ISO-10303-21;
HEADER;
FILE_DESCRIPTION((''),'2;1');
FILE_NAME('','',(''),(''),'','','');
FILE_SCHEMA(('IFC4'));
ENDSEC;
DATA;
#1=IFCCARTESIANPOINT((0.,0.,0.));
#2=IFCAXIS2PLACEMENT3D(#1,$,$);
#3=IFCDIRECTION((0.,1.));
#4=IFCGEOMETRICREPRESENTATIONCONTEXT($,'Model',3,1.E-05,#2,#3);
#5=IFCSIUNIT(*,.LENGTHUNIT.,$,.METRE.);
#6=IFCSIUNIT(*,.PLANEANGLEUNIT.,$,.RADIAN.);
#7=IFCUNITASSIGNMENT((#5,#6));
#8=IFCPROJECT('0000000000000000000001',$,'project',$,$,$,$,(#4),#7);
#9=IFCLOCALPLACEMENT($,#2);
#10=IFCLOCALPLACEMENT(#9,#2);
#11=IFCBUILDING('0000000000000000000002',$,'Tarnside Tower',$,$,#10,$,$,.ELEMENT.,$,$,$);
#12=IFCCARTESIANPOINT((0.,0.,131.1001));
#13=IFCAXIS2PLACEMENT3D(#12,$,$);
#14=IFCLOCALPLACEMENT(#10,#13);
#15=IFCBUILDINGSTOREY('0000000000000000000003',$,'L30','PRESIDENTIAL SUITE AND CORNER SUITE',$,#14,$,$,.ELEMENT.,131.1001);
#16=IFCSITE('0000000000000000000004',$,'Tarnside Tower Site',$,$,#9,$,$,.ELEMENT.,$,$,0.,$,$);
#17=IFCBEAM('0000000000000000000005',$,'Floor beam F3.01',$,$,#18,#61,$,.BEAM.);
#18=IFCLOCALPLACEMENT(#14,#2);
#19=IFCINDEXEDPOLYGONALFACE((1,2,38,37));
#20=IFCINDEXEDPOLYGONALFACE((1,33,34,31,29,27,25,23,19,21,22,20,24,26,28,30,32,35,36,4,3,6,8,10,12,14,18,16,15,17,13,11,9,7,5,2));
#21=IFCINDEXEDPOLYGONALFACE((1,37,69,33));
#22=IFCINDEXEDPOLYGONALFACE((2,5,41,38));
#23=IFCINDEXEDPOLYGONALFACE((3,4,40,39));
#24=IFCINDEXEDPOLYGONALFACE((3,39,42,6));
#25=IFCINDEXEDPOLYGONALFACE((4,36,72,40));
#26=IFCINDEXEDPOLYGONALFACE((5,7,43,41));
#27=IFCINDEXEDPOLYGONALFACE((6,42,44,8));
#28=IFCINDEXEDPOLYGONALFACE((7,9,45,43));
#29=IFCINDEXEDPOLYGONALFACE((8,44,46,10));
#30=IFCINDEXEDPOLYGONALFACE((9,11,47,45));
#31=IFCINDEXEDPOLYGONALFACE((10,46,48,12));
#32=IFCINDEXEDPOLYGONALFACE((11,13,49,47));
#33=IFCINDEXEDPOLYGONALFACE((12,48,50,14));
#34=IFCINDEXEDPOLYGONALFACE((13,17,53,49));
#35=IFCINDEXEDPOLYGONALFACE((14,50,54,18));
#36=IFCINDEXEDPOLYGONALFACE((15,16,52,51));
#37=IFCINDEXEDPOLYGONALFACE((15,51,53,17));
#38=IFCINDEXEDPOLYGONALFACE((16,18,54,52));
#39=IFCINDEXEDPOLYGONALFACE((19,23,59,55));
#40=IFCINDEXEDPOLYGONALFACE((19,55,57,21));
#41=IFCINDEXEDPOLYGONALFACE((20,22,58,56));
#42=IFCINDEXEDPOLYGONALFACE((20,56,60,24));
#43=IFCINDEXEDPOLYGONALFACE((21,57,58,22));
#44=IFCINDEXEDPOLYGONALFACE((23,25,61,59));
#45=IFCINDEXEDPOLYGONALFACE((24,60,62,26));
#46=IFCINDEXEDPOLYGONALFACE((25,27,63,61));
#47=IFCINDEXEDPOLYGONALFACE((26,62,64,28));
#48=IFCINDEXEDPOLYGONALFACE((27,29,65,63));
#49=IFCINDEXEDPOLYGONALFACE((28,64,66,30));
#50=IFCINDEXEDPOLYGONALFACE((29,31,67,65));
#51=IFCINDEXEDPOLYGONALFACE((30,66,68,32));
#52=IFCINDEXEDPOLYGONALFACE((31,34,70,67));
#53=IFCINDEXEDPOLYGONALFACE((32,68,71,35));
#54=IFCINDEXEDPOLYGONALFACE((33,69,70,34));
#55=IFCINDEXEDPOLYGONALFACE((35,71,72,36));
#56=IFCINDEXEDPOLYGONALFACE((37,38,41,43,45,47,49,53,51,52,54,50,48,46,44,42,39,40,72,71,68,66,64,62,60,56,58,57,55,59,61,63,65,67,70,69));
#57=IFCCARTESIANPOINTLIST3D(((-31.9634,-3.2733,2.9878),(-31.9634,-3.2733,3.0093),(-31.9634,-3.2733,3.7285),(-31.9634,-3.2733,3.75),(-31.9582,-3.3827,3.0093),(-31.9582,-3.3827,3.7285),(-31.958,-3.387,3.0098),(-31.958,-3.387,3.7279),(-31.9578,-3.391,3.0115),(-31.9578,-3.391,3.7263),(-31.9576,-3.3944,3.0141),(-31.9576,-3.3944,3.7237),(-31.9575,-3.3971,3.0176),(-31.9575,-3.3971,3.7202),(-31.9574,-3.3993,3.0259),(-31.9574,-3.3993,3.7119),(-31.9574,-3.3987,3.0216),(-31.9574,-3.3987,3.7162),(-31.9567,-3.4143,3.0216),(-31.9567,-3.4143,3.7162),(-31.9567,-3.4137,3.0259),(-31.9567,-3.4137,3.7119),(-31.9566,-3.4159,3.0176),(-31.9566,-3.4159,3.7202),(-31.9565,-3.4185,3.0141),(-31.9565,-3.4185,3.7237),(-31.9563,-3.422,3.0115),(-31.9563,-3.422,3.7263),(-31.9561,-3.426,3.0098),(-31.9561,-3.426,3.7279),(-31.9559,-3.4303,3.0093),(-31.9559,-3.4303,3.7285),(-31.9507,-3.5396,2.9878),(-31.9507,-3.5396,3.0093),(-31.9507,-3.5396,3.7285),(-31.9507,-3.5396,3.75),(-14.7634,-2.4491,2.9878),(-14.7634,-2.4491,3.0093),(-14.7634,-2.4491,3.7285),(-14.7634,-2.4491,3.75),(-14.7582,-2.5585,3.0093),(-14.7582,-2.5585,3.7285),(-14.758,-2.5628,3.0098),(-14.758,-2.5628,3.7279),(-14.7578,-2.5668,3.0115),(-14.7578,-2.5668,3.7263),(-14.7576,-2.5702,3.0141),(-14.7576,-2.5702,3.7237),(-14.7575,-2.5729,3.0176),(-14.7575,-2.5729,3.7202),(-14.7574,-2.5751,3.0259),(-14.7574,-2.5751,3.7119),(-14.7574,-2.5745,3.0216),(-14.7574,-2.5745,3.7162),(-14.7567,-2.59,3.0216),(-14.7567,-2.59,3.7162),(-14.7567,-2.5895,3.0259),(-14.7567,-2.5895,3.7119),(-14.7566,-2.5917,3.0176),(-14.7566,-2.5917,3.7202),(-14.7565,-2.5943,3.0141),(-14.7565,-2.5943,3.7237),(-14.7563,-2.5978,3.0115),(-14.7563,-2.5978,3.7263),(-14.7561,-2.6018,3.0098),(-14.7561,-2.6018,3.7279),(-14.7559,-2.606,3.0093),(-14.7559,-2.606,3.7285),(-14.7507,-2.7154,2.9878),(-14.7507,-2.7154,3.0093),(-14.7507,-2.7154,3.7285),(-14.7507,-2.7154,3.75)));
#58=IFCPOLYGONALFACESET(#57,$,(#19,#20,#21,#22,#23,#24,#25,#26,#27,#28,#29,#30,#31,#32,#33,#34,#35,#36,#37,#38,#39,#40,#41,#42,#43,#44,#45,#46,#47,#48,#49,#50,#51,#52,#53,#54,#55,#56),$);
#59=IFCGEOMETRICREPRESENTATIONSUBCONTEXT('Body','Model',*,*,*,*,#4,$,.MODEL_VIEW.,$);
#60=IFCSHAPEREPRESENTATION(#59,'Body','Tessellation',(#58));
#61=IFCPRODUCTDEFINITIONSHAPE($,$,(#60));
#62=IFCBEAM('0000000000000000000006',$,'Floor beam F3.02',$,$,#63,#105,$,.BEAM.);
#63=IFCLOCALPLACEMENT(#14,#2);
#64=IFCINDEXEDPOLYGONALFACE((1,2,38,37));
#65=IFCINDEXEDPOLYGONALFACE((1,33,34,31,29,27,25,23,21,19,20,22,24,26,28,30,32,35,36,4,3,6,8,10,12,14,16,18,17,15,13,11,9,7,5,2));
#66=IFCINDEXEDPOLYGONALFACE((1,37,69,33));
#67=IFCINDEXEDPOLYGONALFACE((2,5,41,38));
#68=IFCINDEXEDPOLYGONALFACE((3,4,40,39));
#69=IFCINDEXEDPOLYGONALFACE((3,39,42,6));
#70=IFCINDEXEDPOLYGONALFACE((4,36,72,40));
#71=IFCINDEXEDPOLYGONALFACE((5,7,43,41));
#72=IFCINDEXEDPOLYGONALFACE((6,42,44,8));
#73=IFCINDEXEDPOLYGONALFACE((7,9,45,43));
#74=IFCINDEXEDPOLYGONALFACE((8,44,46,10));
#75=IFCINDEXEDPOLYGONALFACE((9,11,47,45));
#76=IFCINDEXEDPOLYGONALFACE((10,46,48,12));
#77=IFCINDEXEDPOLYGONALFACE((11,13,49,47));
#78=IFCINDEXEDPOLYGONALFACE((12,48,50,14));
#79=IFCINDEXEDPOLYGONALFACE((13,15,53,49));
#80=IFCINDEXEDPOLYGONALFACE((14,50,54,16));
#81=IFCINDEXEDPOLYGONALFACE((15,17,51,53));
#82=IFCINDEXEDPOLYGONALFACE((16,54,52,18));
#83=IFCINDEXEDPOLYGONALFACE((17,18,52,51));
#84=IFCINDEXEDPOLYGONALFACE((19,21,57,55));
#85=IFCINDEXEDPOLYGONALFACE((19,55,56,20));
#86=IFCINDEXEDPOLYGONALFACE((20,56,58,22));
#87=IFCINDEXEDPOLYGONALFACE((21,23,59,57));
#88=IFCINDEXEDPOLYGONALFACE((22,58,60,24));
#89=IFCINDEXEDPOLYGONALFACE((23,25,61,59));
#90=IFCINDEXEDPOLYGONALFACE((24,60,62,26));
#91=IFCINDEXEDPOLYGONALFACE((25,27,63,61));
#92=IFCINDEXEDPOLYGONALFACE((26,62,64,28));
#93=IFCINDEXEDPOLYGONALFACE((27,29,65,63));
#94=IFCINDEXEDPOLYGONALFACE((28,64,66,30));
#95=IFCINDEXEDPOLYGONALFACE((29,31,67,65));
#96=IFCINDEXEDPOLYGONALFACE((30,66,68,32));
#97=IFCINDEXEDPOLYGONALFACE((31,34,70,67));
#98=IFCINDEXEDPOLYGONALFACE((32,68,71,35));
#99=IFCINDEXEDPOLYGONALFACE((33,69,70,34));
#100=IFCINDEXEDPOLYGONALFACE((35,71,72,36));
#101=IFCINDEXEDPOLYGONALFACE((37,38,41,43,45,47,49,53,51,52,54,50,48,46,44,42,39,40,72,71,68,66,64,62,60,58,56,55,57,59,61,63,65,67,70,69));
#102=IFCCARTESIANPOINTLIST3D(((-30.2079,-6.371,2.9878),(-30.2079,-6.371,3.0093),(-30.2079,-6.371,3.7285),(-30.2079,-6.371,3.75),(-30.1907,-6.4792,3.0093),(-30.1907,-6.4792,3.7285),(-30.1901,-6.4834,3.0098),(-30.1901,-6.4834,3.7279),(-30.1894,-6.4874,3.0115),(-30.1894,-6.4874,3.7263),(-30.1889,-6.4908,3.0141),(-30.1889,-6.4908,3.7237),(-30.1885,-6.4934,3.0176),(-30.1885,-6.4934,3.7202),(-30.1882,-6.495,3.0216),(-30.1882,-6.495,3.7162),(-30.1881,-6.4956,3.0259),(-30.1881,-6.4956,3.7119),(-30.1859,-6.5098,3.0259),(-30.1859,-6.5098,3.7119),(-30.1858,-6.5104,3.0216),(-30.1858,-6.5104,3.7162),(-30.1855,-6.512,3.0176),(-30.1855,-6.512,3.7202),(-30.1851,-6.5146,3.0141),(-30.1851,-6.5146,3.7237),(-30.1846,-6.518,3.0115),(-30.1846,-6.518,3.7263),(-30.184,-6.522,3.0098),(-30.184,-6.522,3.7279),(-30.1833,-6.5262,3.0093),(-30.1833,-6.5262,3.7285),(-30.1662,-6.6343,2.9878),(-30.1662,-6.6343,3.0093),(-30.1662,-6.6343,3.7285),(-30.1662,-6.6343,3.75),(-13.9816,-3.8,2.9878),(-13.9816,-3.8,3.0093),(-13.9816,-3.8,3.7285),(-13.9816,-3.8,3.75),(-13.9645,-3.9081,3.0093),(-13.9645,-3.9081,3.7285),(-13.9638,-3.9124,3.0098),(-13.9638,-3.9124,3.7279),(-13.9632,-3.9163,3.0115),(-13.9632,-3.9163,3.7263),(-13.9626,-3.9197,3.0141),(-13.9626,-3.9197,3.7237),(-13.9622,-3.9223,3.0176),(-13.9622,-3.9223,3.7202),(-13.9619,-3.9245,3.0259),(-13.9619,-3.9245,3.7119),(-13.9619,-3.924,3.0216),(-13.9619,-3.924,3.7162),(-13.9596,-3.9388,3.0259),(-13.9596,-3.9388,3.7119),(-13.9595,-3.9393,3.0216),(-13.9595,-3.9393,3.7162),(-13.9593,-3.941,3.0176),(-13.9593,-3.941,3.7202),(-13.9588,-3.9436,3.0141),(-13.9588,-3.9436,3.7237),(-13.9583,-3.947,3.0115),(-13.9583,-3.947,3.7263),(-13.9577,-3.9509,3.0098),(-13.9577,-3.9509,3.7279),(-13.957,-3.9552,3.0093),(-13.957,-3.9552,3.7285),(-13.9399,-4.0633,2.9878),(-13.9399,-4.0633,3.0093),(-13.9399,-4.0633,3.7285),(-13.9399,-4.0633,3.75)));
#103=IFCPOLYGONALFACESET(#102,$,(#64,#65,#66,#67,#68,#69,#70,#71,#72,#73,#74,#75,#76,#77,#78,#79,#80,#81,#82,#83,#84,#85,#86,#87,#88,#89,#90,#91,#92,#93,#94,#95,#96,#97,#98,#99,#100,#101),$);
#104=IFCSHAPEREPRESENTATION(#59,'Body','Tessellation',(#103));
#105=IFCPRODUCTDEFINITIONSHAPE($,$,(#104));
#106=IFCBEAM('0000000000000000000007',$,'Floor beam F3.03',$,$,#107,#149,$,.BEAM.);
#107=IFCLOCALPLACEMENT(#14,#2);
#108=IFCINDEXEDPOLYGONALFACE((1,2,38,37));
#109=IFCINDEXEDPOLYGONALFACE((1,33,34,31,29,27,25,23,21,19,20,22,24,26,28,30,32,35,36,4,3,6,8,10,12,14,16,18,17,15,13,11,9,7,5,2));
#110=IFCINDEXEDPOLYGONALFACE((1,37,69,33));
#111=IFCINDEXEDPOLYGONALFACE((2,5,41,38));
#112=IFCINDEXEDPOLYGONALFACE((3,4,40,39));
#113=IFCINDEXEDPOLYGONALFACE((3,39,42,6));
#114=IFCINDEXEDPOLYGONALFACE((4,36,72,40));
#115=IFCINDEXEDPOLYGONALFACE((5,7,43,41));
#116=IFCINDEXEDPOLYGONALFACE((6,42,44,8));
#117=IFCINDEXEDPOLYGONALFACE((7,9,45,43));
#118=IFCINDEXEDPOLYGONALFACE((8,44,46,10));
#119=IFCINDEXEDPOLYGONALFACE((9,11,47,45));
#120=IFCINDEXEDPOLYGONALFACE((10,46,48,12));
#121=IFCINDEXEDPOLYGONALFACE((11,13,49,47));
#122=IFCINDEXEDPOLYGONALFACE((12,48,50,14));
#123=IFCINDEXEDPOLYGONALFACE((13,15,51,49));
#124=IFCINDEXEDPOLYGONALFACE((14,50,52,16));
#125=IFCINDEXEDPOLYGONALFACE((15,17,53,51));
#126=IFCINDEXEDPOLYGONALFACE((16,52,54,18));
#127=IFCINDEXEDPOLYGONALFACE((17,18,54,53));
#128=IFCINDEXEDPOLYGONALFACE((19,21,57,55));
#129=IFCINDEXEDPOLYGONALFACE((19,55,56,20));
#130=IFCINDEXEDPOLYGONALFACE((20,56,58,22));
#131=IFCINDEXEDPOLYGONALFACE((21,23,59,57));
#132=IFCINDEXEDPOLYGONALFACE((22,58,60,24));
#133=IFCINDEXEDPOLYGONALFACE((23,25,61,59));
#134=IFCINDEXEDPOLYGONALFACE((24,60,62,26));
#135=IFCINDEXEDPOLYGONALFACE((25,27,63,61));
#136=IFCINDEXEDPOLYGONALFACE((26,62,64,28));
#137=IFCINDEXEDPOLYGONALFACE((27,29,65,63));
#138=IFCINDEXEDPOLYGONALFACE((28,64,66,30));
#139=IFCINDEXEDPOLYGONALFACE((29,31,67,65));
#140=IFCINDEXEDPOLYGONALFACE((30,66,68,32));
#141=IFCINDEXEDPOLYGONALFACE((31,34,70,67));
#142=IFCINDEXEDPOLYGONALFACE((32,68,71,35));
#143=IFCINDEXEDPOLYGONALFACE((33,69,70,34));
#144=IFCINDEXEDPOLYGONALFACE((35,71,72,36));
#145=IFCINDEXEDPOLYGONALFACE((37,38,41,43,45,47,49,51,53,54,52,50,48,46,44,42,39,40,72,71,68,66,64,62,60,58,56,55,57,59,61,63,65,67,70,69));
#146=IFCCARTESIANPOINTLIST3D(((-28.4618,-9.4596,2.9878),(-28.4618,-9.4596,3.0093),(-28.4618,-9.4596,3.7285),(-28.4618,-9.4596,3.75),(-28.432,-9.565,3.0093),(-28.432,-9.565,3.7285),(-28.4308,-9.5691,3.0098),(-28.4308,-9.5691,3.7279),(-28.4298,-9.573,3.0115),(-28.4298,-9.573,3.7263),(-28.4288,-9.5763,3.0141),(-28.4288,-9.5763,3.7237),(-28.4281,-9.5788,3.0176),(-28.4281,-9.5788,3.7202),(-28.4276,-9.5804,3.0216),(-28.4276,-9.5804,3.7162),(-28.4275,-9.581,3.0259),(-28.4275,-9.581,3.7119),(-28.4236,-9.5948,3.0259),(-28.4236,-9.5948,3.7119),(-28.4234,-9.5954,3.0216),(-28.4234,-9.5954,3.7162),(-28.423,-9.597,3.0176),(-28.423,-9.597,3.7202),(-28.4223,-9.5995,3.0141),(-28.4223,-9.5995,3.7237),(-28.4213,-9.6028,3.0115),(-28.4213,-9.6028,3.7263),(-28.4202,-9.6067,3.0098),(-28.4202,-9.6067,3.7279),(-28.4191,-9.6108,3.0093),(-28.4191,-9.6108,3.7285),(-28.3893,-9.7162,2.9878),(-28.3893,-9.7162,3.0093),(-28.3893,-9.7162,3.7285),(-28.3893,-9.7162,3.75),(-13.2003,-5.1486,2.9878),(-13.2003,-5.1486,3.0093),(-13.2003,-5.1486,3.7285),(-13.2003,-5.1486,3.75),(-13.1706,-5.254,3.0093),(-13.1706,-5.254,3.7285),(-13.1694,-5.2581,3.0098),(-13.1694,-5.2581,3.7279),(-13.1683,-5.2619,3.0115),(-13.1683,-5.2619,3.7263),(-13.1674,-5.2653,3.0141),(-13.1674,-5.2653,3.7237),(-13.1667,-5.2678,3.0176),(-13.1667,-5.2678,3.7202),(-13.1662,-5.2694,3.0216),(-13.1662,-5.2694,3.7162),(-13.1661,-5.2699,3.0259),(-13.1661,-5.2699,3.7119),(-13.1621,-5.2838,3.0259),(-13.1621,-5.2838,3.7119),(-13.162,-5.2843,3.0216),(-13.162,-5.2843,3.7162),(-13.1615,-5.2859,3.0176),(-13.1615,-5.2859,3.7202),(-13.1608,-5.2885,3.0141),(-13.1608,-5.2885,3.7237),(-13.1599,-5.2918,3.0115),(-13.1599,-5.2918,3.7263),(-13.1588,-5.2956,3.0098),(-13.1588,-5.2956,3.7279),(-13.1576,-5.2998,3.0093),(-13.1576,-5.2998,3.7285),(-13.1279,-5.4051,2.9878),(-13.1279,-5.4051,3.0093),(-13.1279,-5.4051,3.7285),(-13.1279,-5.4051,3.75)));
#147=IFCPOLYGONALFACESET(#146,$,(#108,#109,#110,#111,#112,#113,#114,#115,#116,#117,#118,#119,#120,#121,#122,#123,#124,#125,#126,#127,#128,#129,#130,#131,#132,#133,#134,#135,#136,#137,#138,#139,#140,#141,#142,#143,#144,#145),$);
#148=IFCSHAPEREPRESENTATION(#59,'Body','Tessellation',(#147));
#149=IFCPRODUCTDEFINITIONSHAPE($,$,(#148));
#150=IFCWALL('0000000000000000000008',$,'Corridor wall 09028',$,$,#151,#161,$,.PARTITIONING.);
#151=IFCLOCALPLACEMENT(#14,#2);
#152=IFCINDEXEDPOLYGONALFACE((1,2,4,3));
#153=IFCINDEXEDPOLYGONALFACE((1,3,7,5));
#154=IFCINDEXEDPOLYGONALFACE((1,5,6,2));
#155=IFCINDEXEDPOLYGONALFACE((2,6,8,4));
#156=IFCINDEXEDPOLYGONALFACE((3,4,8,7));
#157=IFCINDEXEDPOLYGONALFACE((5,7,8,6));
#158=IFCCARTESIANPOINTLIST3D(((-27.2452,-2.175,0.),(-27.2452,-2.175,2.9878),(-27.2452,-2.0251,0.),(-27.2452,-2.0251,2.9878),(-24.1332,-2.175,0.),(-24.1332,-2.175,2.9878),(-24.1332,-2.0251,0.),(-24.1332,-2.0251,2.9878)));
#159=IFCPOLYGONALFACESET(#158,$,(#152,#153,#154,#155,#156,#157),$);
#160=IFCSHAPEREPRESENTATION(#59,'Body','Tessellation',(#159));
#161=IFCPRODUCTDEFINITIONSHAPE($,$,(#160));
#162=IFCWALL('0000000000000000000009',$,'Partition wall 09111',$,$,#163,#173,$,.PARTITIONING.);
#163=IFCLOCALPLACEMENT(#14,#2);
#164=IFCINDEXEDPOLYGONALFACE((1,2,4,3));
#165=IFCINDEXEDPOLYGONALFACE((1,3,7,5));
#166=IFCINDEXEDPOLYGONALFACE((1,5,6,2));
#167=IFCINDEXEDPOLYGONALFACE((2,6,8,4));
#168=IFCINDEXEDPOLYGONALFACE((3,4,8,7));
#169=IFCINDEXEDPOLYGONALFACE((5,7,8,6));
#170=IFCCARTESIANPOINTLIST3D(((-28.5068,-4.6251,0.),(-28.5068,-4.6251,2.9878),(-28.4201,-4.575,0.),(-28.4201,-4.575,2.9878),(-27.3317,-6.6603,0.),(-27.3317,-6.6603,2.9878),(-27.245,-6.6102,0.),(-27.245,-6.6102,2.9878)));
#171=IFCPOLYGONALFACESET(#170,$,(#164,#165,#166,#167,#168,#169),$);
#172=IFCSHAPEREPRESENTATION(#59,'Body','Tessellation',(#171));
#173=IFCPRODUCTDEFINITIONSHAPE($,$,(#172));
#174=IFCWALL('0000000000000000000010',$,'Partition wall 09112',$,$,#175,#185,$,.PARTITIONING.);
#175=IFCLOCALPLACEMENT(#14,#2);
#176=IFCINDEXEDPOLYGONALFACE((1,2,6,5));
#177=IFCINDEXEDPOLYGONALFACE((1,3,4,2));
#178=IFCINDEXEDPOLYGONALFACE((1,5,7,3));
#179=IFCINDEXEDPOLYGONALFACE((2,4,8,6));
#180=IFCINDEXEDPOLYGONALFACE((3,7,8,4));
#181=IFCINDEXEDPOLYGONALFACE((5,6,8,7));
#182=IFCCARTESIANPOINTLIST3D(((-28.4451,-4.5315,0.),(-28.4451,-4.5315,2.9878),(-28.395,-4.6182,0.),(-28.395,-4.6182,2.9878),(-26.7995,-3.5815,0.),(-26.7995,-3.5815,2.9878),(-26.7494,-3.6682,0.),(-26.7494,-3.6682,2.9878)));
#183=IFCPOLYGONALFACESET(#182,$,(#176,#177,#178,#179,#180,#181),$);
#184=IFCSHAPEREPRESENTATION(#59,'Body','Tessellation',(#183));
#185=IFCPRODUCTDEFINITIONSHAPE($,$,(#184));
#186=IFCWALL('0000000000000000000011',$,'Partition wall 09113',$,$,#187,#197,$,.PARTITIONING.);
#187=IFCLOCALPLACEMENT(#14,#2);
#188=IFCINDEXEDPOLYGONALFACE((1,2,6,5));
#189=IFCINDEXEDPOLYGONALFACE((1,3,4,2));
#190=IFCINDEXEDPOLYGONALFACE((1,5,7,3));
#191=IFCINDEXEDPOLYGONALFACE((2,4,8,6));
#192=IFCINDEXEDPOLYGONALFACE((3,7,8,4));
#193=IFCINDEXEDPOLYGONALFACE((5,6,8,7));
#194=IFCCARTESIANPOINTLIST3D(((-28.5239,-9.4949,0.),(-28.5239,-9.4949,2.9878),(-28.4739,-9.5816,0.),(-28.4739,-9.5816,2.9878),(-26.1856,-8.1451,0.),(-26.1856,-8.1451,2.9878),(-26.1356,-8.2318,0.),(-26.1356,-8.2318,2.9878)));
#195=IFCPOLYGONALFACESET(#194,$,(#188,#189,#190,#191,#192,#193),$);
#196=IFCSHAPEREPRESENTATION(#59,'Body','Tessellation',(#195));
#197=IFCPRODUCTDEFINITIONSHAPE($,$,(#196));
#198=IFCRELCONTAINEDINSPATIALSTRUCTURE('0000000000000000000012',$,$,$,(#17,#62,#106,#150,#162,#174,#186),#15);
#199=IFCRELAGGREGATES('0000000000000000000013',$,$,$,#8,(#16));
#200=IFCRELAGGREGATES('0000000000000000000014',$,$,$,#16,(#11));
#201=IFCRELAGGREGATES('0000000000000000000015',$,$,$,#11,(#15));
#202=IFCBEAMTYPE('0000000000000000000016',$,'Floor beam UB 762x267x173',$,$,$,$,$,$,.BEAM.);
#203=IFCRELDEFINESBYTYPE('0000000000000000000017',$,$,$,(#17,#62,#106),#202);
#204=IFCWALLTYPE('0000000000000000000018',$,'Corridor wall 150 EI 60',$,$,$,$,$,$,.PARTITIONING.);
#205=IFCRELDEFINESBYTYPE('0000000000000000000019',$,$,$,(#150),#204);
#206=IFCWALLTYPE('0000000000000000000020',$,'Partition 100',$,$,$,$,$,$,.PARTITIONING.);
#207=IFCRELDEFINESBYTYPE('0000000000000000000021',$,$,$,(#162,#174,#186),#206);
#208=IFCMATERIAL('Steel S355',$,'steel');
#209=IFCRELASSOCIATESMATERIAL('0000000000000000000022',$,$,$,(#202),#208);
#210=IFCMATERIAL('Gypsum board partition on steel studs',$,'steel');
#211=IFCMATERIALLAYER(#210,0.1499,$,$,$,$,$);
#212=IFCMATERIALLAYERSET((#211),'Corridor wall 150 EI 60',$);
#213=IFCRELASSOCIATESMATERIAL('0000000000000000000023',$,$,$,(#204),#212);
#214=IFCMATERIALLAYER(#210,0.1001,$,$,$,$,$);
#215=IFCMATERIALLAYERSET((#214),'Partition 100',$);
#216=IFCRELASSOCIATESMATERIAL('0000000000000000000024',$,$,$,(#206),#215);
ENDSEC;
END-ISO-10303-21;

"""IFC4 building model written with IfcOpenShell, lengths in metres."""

from ifc_helpers import new_model, si_unit, direction, frame, frame_2d, origin, origin_2d, place, context, subcontext, project, spatial, rectangle, i_section, extrude, material, layer, layer_set, material_profile, profile_set, type_object, element, save


model = new_model("IFC4")

# Units and contexts
model_context = context("Model", 3, precision=1e-05, world=origin(), true_north=direction((0.0, 1.0)))
body_context = subcontext(model_context, "Body", "Model", "MODEL_VIEW")
ifc_project = project(units=[si_unit("LENGTHUNIT", "METRE"), si_unit("PLANEANGLEUNIT", "RADIAN")], contexts=[model_context])

# Site, building, storey
site_placement = place(None, origin())
site = spatial("IfcSite", under=ifc_project, at=site_placement, Name="Tarnside Tower Site", CompositionType="ELEMENT", RefElevation=0.0)
building_placement = place(site_placement, origin())
building = spatial("IfcBuilding", under=site, at=building_placement, Name="Tarnside Tower", CompositionType="ELEMENT")
storey_placement = place(building_placement, frame((0.0, 0.0, 131.1001)))
storey = spatial("IfcBuildingStorey", under=building, at=storey_placement, Name="L30", Description="PRESIDENTIAL SUITE AND CORNER SUITE", CompositionType="ELEMENT", Elevation=131.1001)

# Beams
ifc_material_1 = material(Name="Steel S355", Category="steel")
ifc_material_profile = material_profile(ifc_material_1, i_section(OverallWidth=0.2666, OverallDepth=0.7622, WebThickness=0.0144, FlangeThickness=0.0215, FilletRadius=0.0166, at=origin_2d()), Name="UB 762x267x173")
ifc_profile_set = profile_set([ifc_material_profile], Name="Steel S355")
beam_type = type_object("IfcBeamType", Name="Floor beam UB 762x267x173", PredefinedType="BEAM", material=ifc_profile_set)
beam_1_placement = place(storey_placement, frame((-31.957, -3.4065, 3.3689), z_axis=(0.998854, 0.047865, 0.0), x_axis=(-0.047865, 0.998854, 0.0)))
element("IfcBeam", 1, at=beam_1_placement, inside=storey, type_object=beam_type, Name="Floor beam F3.01", PredefinedType="BEAM", context=body_context, shape_type="SweptSolid", body=[
    extrude(i_section(OverallWidth=0.2666, OverallDepth=0.7622, WebThickness=0.0144, FlangeThickness=0.0215, FilletRadius=0.0166, at=origin_2d()), origin(), (0.0, 0.0, 1.0), 17.2197),
])
beam_2_placement = place(storey_placement, frame((-30.187, -6.5027, 3.3689), z_axis=(0.987678, 0.156497, 0.0), x_axis=(-0.156497, 0.987678, 0.0)))
element("IfcBeam", 2, at=beam_2_placement, inside=storey, type_object=beam_type, Name="Floor beam F3.02", PredefinedType="BEAM", context=body_context, shape_type="SweptSolid", body=[
    extrude(i_section(OverallWidth=0.2666, OverallDepth=0.7622, WebThickness=0.0144, FlangeThickness=0.0215, FilletRadius=0.0166, at=origin_2d()), origin(), (0.0, 0.0, 1.0), 16.4287),
])
beam_3_placement = place(storey_placement, frame((-28.4255, -9.5879, 3.3689), z_axis=(0.962342, 0.271841, 0.0), x_axis=(-0.271841, 0.962342, 0.0)))
element("IfcBeam", 3, at=beam_3_placement, inside=storey, type_object=beam_type, Name="Floor beam F3.03", PredefinedType="BEAM", context=body_context, shape_type="SweptSolid", body=[
    extrude(i_section(OverallWidth=0.2666, OverallDepth=0.7622, WebThickness=0.0144, FlangeThickness=0.0215, FilletRadius=0.0166, at=origin_2d()), origin(), (0.0, 0.0, 1.0), 15.8586),
])

# Walls
ifc_material_2 = material(Name="Gypsum board partition on steel studs", Category="steel")
ifc_layer_1 = layer(ifc_material_2, 0.1499)
ifc_layer_set_1 = layer_set([ifc_layer_1], Name="Corridor wall 150 EI 60")
wall_type_1 = type_object("IfcWallType", Name="Corridor wall 150 EI 60", PredefinedType="PARTITIONING", material=ifc_layer_set_1)
wall_1_placement = place(storey_placement, frame((-27.2454, -2.1001, 0.0), z_axis=(0.0, 0.0, 1.0), x_axis=(1.0, 0.0, 0.0)))
element("IfcWall", 4, at=wall_1_placement, inside=storey, type_object=wall_type_1, Name="Corridor wall 09028", PredefinedType="PARTITIONING", context=body_context, shape_type="SweptSolid", body=[
    extrude(rectangle(XDim=3.1121, YDim=0.1499, at=frame_2d((1.5562, 0.0))), origin(), (0.0, 0.0, 1.0), 2.9878),
])
ifc_layer_2 = layer(ifc_material_2, 0.1001)
ifc_layer_set_2 = layer_set([ifc_layer_2], Name="Partition 100")
wall_type_2 = type_object("IfcWallType", Name="Partition 100", PredefinedType="PARTITIONING", material=ifc_layer_set_2)
wall_2_placement = place(storey_placement, frame((-27.2883, -6.6353, 0.0), z_axis=(0.0, 0.0, 1.0), x_axis=(-0.500016, 0.866016, 0.0)))
element("IfcWall", 5, at=wall_2_placement, inside=storey, type_object=wall_type_2, Name="Partition wall 09111", PredefinedType="PARTITIONING", context=body_context, shape_type="SweptSolid", body=[
    extrude(rectangle(XDim=2.3501, YDim=0.1001, at=frame_2d((1.175, 0.0))), origin(), (0.0, 0.0, 1.0), 2.9878),
])
wall_3_placement = place(storey_placement, frame((-28.4202, -4.575, 0.0), z_axis=(0.0, 0.0, 1.0), x_axis=(0.866044, 0.499967, 0.0)))
element("IfcWall", 6, at=wall_3_placement, inside=storey, type_object=wall_type_2, Name="Partition wall 09112", PredefinedType="PARTITIONING", context=body_context, shape_type="SweptSolid", body=[
    extrude(rectangle(XDim=1.9001, YDim=0.1001, at=frame_2d((0.9502, 0.0))), origin(), (0.0, 0.0, 1.0), 2.9878),
])
wall_4_placement = place(storey_placement, frame((-28.499, -9.5383, 0.0), z_axis=(0.0, 0.0, 1.0), x_axis=(0.866059, 0.499942, 0.0)))
element("IfcWall", 7, at=wall_4_placement, inside=storey, type_object=wall_type_2, Name="Partition wall 09113", PredefinedType="PARTITIONING", context=body_context, shape_type="SweptSolid", body=[
    extrude(rectangle(XDim=2.7, YDim=0.1001, at=frame_2d((1.3501, 0.0))), origin(), (0.0, 0.0, 1.0), 2.9878),
])

save(model, "model.ifc")
